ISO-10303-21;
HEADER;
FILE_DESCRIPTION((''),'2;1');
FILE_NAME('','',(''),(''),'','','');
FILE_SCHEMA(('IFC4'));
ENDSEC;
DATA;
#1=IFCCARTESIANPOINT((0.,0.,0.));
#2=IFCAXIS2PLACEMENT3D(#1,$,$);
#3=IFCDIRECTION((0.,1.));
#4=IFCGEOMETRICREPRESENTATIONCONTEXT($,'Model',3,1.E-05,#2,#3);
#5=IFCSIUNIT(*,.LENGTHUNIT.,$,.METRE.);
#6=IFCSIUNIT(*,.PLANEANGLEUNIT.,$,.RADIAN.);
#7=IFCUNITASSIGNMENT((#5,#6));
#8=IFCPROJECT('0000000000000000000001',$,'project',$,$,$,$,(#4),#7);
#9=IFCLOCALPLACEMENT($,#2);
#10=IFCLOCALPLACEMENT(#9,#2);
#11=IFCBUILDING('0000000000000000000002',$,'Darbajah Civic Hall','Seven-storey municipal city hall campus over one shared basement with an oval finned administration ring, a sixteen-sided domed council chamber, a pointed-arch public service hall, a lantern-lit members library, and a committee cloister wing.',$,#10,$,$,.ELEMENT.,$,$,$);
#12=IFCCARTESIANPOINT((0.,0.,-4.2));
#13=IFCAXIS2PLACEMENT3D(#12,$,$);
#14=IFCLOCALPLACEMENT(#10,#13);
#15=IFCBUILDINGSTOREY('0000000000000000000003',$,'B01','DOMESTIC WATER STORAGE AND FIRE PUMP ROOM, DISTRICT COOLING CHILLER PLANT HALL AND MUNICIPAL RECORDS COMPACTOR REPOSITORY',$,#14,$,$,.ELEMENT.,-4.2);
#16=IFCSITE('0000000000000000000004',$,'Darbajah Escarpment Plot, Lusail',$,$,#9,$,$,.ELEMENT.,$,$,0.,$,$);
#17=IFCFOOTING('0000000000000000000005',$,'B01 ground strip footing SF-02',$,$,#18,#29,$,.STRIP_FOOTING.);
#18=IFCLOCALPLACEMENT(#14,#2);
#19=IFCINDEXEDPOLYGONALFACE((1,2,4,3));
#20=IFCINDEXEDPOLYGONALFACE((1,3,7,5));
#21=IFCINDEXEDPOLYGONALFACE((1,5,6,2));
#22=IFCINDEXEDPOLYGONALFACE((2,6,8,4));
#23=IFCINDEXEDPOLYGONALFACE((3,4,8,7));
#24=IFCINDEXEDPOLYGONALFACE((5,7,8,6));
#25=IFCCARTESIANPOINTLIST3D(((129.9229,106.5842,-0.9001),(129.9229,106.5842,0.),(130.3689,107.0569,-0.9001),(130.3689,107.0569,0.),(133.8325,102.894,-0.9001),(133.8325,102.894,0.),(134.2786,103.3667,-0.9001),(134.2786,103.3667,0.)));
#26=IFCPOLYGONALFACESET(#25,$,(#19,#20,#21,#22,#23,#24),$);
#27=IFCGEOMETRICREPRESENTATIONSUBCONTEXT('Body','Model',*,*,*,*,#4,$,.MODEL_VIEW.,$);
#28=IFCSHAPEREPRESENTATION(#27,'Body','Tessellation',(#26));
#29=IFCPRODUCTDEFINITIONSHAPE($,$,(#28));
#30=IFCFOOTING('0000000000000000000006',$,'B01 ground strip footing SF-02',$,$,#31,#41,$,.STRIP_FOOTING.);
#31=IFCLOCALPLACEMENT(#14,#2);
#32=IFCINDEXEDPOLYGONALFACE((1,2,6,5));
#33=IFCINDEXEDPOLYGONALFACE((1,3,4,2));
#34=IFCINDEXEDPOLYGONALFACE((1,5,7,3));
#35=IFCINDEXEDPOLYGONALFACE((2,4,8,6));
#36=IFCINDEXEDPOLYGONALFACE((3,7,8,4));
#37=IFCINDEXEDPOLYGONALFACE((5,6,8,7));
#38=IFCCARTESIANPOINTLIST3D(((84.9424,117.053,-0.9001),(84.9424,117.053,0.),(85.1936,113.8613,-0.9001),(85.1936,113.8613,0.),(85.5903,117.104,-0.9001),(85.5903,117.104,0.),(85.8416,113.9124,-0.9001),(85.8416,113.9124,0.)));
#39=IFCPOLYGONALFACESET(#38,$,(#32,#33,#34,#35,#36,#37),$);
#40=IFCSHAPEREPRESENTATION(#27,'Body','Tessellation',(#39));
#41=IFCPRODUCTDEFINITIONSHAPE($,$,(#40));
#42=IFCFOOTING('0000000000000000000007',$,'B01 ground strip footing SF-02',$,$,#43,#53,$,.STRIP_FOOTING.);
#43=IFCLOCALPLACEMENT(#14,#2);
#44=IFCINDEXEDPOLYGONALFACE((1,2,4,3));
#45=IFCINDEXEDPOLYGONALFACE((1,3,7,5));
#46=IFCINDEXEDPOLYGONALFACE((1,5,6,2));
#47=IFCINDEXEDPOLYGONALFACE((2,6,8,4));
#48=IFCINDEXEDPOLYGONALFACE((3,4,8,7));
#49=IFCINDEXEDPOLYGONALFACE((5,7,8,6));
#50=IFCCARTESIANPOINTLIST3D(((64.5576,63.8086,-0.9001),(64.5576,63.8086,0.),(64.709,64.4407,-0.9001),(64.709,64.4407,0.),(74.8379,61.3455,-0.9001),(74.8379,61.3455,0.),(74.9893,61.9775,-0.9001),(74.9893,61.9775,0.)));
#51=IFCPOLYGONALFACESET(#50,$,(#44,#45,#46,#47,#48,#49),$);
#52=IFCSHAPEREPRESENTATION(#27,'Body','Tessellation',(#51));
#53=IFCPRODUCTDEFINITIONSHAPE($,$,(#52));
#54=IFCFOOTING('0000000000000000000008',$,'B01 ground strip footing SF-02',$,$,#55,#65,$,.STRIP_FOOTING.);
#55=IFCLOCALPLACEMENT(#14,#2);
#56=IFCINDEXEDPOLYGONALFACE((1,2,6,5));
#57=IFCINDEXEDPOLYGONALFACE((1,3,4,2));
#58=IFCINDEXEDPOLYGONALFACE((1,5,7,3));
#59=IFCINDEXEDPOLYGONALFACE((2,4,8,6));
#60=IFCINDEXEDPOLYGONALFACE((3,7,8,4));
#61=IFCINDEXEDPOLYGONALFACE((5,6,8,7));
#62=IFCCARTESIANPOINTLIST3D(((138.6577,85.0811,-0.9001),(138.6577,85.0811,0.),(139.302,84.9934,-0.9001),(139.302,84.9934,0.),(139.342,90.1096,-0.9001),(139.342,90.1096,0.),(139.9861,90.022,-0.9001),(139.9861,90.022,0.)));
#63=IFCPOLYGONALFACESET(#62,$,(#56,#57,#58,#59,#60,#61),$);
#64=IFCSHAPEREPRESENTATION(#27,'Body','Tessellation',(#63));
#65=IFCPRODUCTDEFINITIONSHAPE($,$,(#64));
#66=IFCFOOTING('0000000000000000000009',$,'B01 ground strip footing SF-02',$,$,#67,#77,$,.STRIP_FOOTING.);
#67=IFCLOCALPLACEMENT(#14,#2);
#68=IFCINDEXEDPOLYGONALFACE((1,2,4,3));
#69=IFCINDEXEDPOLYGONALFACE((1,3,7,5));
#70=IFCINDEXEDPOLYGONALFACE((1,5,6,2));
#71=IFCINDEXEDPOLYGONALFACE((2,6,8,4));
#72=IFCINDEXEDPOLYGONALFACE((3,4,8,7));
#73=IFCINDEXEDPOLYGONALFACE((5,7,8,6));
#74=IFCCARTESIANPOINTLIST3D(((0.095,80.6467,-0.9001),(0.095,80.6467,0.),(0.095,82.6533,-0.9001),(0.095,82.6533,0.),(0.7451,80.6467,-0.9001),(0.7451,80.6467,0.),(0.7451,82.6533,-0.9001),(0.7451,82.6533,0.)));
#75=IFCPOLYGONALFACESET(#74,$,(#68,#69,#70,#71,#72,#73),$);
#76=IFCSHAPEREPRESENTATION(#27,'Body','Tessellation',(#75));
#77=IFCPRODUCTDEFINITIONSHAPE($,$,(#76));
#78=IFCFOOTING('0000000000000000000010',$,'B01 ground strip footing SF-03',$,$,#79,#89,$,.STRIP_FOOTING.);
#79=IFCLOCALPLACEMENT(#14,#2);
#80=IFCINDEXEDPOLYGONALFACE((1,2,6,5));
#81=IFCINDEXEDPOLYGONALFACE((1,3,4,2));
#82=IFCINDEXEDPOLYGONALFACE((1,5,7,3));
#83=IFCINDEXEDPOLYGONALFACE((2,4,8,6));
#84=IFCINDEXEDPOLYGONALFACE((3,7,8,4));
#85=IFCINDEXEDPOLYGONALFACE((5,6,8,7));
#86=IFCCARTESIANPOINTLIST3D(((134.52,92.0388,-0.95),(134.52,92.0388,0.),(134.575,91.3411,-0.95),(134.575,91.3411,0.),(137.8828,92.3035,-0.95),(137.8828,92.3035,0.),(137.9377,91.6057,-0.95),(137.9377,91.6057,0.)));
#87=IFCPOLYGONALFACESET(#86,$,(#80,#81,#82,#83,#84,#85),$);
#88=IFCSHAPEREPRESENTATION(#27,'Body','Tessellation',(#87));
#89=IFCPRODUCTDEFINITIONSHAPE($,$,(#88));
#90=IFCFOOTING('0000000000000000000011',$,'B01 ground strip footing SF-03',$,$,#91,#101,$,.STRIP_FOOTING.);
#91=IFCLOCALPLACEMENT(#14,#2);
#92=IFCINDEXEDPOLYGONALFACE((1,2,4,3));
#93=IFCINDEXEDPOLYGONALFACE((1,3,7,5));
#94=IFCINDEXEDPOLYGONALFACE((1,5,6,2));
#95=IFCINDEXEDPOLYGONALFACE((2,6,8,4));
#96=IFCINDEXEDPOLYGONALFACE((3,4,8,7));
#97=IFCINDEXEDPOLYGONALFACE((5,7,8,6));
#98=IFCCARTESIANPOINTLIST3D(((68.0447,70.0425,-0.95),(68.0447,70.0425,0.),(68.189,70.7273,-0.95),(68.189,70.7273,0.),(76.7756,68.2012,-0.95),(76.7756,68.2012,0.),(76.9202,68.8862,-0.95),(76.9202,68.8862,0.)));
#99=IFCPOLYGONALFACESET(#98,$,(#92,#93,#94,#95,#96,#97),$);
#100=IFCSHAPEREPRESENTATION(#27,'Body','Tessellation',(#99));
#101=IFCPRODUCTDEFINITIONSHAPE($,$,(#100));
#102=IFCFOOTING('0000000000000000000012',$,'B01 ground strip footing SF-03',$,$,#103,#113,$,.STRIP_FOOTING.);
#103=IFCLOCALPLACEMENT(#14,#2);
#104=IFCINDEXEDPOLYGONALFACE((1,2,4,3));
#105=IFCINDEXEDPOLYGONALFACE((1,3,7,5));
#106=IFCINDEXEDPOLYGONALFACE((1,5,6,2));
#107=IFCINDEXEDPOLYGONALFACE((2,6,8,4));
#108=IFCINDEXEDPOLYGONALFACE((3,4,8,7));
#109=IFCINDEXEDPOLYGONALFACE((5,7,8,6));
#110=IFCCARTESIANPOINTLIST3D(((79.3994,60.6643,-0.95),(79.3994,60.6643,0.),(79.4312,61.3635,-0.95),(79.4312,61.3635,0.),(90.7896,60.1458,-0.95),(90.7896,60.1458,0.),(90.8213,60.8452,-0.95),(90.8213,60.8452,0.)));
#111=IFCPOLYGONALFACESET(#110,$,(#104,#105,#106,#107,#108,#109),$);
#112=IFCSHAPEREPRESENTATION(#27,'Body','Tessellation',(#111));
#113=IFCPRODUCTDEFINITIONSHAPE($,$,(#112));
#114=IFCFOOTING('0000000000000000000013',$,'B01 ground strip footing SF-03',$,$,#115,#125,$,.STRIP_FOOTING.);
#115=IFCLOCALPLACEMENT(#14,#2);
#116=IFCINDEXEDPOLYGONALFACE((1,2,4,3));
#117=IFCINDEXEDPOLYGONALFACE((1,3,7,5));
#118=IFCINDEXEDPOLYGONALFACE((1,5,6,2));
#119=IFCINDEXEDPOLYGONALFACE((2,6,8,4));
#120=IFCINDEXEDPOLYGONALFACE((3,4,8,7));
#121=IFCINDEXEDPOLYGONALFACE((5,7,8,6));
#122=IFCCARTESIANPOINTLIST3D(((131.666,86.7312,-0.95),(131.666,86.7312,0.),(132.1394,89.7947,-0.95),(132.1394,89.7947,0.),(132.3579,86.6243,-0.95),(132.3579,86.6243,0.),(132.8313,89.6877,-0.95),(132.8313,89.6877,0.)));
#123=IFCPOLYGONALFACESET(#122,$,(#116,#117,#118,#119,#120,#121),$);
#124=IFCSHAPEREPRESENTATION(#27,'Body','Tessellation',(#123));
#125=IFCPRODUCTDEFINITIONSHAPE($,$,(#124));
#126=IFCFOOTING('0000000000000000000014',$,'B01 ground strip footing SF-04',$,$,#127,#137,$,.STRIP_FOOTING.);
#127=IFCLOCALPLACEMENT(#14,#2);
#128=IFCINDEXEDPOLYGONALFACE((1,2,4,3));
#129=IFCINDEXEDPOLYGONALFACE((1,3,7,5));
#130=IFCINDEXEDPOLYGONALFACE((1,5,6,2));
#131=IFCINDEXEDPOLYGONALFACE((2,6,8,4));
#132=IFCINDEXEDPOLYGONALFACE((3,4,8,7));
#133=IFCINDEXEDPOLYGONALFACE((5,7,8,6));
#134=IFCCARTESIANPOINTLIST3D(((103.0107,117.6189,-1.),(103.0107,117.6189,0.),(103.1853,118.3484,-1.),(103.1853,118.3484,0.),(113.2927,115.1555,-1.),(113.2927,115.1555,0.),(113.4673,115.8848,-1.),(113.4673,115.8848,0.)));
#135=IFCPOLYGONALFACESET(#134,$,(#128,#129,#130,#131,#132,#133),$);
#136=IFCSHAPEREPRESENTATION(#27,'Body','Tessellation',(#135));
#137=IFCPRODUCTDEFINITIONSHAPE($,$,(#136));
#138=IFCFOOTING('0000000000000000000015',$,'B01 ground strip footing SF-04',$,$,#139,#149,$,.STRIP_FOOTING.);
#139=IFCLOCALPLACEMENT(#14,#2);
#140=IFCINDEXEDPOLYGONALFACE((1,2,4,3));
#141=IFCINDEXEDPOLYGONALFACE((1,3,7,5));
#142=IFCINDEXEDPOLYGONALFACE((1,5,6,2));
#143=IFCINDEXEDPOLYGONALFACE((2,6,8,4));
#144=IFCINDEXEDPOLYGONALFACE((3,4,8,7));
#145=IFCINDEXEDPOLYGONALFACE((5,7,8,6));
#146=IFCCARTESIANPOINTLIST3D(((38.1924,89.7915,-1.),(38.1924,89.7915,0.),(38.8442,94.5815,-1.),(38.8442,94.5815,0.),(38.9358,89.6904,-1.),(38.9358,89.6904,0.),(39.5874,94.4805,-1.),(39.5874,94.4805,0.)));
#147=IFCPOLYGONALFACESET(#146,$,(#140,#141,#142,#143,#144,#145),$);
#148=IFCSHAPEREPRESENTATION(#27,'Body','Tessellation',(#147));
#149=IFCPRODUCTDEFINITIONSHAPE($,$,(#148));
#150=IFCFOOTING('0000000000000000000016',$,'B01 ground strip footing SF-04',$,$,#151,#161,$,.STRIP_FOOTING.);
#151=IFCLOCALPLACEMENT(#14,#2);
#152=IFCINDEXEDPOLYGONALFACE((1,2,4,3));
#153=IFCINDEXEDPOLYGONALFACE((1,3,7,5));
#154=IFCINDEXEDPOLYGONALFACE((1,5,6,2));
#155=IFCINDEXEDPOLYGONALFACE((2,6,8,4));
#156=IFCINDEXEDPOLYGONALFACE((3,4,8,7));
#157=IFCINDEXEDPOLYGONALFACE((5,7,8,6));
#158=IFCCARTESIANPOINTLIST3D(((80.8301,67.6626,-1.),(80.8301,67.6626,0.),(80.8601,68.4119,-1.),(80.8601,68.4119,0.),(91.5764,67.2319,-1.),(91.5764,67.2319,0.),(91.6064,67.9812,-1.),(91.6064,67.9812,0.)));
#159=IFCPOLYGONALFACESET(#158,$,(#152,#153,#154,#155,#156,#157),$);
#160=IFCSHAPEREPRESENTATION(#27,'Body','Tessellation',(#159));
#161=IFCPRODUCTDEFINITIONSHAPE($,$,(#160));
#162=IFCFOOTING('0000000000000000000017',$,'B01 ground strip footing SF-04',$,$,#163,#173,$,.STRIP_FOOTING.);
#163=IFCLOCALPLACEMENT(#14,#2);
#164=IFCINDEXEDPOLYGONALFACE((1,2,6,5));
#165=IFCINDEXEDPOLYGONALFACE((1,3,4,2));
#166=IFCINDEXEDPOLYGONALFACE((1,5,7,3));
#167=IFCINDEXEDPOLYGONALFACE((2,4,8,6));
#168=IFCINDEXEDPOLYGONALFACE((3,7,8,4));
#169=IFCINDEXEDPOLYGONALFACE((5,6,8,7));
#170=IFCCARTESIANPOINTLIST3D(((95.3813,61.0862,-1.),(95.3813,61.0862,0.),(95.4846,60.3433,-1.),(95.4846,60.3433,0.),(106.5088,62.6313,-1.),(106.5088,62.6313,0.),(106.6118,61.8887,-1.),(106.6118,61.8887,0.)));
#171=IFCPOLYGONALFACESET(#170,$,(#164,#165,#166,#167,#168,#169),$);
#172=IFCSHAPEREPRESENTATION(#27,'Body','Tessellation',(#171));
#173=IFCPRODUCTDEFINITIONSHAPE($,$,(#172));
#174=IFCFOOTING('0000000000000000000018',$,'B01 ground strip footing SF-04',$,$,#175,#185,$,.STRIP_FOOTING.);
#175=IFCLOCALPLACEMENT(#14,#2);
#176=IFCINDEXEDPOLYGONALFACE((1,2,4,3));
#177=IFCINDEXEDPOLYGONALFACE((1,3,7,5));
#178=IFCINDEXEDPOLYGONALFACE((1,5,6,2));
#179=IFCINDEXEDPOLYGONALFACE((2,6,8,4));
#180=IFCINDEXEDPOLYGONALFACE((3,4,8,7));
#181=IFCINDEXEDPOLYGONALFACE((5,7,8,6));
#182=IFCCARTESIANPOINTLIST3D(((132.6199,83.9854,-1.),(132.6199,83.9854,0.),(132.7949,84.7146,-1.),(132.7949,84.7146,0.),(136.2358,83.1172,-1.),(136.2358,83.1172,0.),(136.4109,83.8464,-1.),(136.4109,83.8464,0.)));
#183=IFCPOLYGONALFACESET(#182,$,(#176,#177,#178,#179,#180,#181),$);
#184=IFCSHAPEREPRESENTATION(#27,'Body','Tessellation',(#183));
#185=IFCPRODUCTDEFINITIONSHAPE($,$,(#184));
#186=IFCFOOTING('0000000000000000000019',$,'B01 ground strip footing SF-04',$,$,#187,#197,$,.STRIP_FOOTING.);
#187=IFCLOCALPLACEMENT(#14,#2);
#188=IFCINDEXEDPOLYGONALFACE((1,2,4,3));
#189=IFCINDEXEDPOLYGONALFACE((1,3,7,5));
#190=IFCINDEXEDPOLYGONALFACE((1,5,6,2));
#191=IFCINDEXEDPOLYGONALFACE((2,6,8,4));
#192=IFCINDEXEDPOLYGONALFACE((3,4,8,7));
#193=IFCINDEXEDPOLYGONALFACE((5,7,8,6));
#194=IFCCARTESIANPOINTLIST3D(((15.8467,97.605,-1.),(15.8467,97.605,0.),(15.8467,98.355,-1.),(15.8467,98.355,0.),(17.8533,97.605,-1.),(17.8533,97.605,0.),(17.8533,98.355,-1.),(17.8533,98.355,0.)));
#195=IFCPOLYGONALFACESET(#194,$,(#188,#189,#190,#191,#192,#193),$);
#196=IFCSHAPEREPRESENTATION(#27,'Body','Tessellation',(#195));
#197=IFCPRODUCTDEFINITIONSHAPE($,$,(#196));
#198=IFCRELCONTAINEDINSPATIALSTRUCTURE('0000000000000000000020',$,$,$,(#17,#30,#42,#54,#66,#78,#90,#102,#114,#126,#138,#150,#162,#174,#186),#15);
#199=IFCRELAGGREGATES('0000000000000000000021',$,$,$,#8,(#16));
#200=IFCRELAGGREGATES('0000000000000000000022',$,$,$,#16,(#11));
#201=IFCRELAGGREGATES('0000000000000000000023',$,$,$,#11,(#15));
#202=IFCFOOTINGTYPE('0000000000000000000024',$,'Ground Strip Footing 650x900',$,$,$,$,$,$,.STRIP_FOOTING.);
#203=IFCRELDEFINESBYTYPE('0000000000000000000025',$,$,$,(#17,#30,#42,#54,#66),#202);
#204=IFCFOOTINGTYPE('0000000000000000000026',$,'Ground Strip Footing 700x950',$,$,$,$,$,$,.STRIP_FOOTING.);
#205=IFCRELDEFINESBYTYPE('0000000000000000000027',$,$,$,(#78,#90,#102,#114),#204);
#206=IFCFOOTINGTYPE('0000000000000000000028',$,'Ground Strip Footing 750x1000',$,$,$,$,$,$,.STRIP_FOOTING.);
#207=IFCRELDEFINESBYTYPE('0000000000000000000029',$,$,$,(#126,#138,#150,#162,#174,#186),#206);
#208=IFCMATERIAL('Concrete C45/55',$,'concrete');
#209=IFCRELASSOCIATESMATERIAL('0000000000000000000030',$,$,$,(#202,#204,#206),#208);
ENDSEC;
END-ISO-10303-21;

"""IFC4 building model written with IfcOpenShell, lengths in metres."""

from ifc_helpers import new_model, si_unit, direction, frame, origin, place, context, subcontext, project, spatial, polyline, outline, extrude, material, type_object, element, save


model = new_model("IFC4")

# Units and contexts
model_context = context("Model", 3, precision=1e-05, world=origin(), true_north=direction((0.0, 1.0)))
body_context = subcontext(model_context, "Body", "Model", "MODEL_VIEW")
ifc_project = project(units=[si_unit("LENGTHUNIT", "METRE"), si_unit("PLANEANGLEUNIT", "RADIAN")], contexts=[model_context])

# Site, building, storey
site_placement = place(None, origin())
site = spatial("IfcSite", under=ifc_project, at=site_placement, Name="Darbajah Escarpment Plot, Lusail", CompositionType="ELEMENT", RefElevation=0.0)
building_placement = place(site_placement, origin())
building = spatial("IfcBuilding", under=site, at=building_placement, Name="Darbajah Civic Hall", Description="Seven-storey municipal city hall campus over one shared basement with an oval finned administration ring, a sixteen-sided domed council chamber, a pointed-arch public service hall, a lantern-lit members library, and a committee cloister wing.", CompositionType="ELEMENT")
storey_placement = place(building_placement, frame((0.0, 0.0, -4.2)))
storey = spatial("IfcBuildingStorey", under=building, at=storey_placement, Name="B01", Description="DOMESTIC WATER STORAGE AND FIRE PUMP ROOM, DISTRICT COOLING CHILLER PLANT HALL AND MUNICIPAL RECORDS COMPACTOR REPOSITORY", CompositionType="ELEMENT", Elevation=-4.2)

# Shared definitions
ifc_material = material(Name="Concrete C45/55", Category="concrete")

# Footings
footing_type_1 = type_object("IfcFootingType", Name="Ground Strip Footing 650x900", PredefinedType="STRIP_FOOTING", material=ifc_material)
footing_1_placement = place(storey_placement, frame((0.0, 0.0, -0.9001)))
element("IfcFooting", 1, at=footing_1_placement, inside=storey, type_object=footing_type_1, Name="B01 ground strip footing SF-02", PredefinedType="STRIP_FOOTING", context=body_context, shape_type="SweptSolid", body=[
    extrude(outline(polyline([(134.2786, 103.3667), (130.3689, 107.0569), (129.9229, 106.5842), (133.8325, 102.894), (134.2786, 103.3667)])), origin(), (0.0, 0.0, 1.0), 0.9001),
])
footing_2_placement = place(storey_placement, frame((0.0, 0.0, -0.9001)))
element("IfcFooting", 2, at=footing_2_placement, inside=storey, type_object=footing_type_1, Name="B01 ground strip footing SF-02", PredefinedType="STRIP_FOOTING", context=body_context, shape_type="SweptSolid", body=[
    extrude(outline(polyline([(85.8416, 113.9124), (85.5903, 117.104), (84.9424, 117.053), (85.1936, 113.8613), (85.8416, 113.9124)])), origin(), (0.0, 0.0, 1.0), 0.9001),
])
footing_3_placement = place(storey_placement, frame((0.0, 0.0, -0.9001)))
element("IfcFooting", 3, at=footing_3_placement, inside=storey, type_object=footing_type_1, Name="B01 ground strip footing SF-02", PredefinedType="STRIP_FOOTING", context=body_context, shape_type="SweptSolid", body=[
    extrude(outline(polyline([(64.5576, 63.8086), (74.8379, 61.3455), (74.9893, 61.9775), (64.709, 64.4407), (64.5576, 63.8086)])), origin(), (0.0, 0.0, 1.0), 0.9001),
])
footing_4_placement = place(storey_placement, frame((0.0, 0.0, -0.9001)))
element("IfcFooting", 4, at=footing_4_placement, inside=storey, type_object=footing_type_1, Name="B01 ground strip footing SF-02", PredefinedType="STRIP_FOOTING", context=body_context, shape_type="SweptSolid", body=[
    extrude(outline(polyline([(139.302, 84.9934), (139.9861, 90.022), (139.342, 90.1096), (138.6577, 85.0811), (139.302, 84.9934)])), origin(), (0.0, 0.0, 1.0), 0.9001),
])
footing_5_placement = place(storey_placement, frame((0.0, 0.0, -0.9001)))
element("IfcFooting", 5, at=footing_5_placement, inside=storey, type_object=footing_type_1, Name="B01 ground strip footing SF-02", PredefinedType="STRIP_FOOTING", context=body_context, shape_type="SweptSolid", body=[
    extrude(outline(polyline([(0.095, 82.6533), (0.095, 80.6467), (0.7451, 80.6467), (0.7451, 82.6533), (0.095, 82.6533)])), origin(), (0.0, 0.0, 1.0), 0.9001),
])
footing_type_2 = type_object("IfcFootingType", Name="Ground Strip Footing 700x950", PredefinedType="STRIP_FOOTING", material=ifc_material)
footing_6_placement = place(storey_placement, frame((0.0, 0.0, -0.95)))
element("IfcFooting", 6, at=footing_6_placement, inside=storey, type_object=footing_type_2, Name="B01 ground strip footing SF-03", PredefinedType="STRIP_FOOTING", context=body_context, shape_type="SweptSolid", body=[
    extrude(outline(polyline([(134.575, 91.3411), (137.9377, 91.6057), (137.8828, 92.3035), (134.52, 92.0388), (134.575, 91.3411)])), origin(), (0.0, 0.0, 1.0), 0.95),
])
footing_7_placement = place(storey_placement, frame((0.0, 0.0, -0.95)))
element("IfcFooting", 7, at=footing_7_placement, inside=storey, type_object=footing_type_2, Name="B01 ground strip footing SF-03", PredefinedType="STRIP_FOOTING", context=body_context, shape_type="SweptSolid", body=[
    extrude(outline(polyline([(68.0447, 70.0425), (76.7756, 68.2012), (76.9202, 68.8862), (68.189, 70.7273), (68.0447, 70.0425)])), origin(), (0.0, 0.0, 1.0), 0.95),
])
footing_8_placement = place(storey_placement, frame((0.0, 0.0, -0.95)))
element("IfcFooting", 8, at=footing_8_placement, inside=storey, type_object=footing_type_2, Name="B01 ground strip footing SF-03", PredefinedType="STRIP_FOOTING", context=body_context, shape_type="SweptSolid", body=[
    extrude(outline(polyline([(79.3994, 60.6643), (90.7896, 60.1458), (90.8213, 60.8452), (79.4312, 61.3635), (79.3994, 60.6643)])), origin(), (0.0, 0.0, 1.0), 0.95),
])
footing_9_placement = place(storey_placement, frame((0.0, 0.0, -0.95)))
element("IfcFooting", 9, at=footing_9_placement, inside=storey, type_object=footing_type_2, Name="B01 ground strip footing SF-03", PredefinedType="STRIP_FOOTING", context=body_context, shape_type="SweptSolid", body=[
    extrude(outline(polyline([(132.3579, 86.6243), (132.8313, 89.6877), (132.1394, 89.7947), (131.666, 86.7312), (132.3579, 86.6243)])), origin(), (0.0, 0.0, 1.0), 0.95),
])
footing_type_3 = type_object("IfcFootingType", Name="Ground Strip Footing 750x1000", PredefinedType="STRIP_FOOTING", material=ifc_material)
footing_10_placement = place(storey_placement, frame((0.0, 0.0, -1.0)))
element("IfcFooting", 10, at=footing_10_placement, inside=storey, type_object=footing_type_3, Name="B01 ground strip footing SF-04", PredefinedType="STRIP_FOOTING", context=body_context, shape_type="SweptSolid", body=[
    extrude(outline(polyline([(113.4673, 115.8848), (103.1853, 118.3484), (103.0107, 117.6189), (113.2927, 115.1555), (113.4673, 115.8848)])), origin(), (0.0, 0.0, 1.0), 1.0),
])
footing_11_placement = place(storey_placement, frame((0.0, 0.0, -1.0)))
element("IfcFooting", 11, at=footing_11_placement, inside=storey, type_object=footing_type_3, Name="B01 ground strip footing SF-04", PredefinedType="STRIP_FOOTING", context=body_context, shape_type="SweptSolid", body=[
    extrude(outline(polyline([(38.8442, 94.5815), (38.1924, 89.7915), (38.9358, 89.6904), (39.5874, 94.4805), (38.8442, 94.5815)])), origin(), (0.0, 0.0, 1.0), 1.0),
])
footing_12_placement = place(storey_placement, frame((0.0, 0.0, -1.0)))
element("IfcFooting", 12, at=footing_12_placement, inside=storey, type_object=footing_type_3, Name="B01 ground strip footing SF-04", PredefinedType="STRIP_FOOTING", context=body_context, shape_type="SweptSolid", body=[
    extrude(outline(polyline([(80.8301, 67.6626), (91.5764, 67.2319), (91.6064, 67.9812), (80.8601, 68.4119), (80.8301, 67.6626)])), origin(), (0.0, 0.0, 1.0), 1.0),
])
footing_13_placement = place(storey_placement, frame((0.0, 0.0, -1.0)))
element("IfcFooting", 13, at=footing_13_placement, inside=storey, type_object=footing_type_3, Name="B01 ground strip footing SF-04", PredefinedType="STRIP_FOOTING", context=body_context, shape_type="SweptSolid", body=[
    extrude(outline(polyline([(95.4846, 60.3433), (106.6118, 61.8887), (106.5088, 62.6313), (95.3813, 61.0862), (95.4846, 60.3433)])), origin(), (0.0, 0.0, 1.0), 1.0),
])
footing_14_placement = place(storey_placement, frame((0.0, 0.0, -1.0)))
element("IfcFooting", 14, at=footing_14_placement, inside=storey, type_object=footing_type_3, Name="B01 ground strip footing SF-04", PredefinedType="STRIP_FOOTING", context=body_context, shape_type="SweptSolid", body=[
    extrude(outline(polyline([(132.6199, 83.9854), (136.2358, 83.1172), (136.4109, 83.8464), (132.7949, 84.7146), (132.6199, 83.9854)])), origin(), (0.0, 0.0, 1.0), 1.0),
])
footing_15_placement = place(storey_placement, frame((0.0, 0.0, -1.0)))
element("IfcFooting", 15, at=footing_15_placement, inside=storey, type_object=footing_type_3, Name="B01 ground strip footing SF-04", PredefinedType="STRIP_FOOTING", context=body_context, shape_type="SweptSolid", body=[
    extrude(outline(polyline([(17.8533, 98.355), (15.8467, 98.355), (15.8467, 97.605), (17.8533, 97.605), (17.8533, 98.355)])), origin(), (0.0, 0.0, 1.0), 1.0),
])

save(model, "model.ifc")
